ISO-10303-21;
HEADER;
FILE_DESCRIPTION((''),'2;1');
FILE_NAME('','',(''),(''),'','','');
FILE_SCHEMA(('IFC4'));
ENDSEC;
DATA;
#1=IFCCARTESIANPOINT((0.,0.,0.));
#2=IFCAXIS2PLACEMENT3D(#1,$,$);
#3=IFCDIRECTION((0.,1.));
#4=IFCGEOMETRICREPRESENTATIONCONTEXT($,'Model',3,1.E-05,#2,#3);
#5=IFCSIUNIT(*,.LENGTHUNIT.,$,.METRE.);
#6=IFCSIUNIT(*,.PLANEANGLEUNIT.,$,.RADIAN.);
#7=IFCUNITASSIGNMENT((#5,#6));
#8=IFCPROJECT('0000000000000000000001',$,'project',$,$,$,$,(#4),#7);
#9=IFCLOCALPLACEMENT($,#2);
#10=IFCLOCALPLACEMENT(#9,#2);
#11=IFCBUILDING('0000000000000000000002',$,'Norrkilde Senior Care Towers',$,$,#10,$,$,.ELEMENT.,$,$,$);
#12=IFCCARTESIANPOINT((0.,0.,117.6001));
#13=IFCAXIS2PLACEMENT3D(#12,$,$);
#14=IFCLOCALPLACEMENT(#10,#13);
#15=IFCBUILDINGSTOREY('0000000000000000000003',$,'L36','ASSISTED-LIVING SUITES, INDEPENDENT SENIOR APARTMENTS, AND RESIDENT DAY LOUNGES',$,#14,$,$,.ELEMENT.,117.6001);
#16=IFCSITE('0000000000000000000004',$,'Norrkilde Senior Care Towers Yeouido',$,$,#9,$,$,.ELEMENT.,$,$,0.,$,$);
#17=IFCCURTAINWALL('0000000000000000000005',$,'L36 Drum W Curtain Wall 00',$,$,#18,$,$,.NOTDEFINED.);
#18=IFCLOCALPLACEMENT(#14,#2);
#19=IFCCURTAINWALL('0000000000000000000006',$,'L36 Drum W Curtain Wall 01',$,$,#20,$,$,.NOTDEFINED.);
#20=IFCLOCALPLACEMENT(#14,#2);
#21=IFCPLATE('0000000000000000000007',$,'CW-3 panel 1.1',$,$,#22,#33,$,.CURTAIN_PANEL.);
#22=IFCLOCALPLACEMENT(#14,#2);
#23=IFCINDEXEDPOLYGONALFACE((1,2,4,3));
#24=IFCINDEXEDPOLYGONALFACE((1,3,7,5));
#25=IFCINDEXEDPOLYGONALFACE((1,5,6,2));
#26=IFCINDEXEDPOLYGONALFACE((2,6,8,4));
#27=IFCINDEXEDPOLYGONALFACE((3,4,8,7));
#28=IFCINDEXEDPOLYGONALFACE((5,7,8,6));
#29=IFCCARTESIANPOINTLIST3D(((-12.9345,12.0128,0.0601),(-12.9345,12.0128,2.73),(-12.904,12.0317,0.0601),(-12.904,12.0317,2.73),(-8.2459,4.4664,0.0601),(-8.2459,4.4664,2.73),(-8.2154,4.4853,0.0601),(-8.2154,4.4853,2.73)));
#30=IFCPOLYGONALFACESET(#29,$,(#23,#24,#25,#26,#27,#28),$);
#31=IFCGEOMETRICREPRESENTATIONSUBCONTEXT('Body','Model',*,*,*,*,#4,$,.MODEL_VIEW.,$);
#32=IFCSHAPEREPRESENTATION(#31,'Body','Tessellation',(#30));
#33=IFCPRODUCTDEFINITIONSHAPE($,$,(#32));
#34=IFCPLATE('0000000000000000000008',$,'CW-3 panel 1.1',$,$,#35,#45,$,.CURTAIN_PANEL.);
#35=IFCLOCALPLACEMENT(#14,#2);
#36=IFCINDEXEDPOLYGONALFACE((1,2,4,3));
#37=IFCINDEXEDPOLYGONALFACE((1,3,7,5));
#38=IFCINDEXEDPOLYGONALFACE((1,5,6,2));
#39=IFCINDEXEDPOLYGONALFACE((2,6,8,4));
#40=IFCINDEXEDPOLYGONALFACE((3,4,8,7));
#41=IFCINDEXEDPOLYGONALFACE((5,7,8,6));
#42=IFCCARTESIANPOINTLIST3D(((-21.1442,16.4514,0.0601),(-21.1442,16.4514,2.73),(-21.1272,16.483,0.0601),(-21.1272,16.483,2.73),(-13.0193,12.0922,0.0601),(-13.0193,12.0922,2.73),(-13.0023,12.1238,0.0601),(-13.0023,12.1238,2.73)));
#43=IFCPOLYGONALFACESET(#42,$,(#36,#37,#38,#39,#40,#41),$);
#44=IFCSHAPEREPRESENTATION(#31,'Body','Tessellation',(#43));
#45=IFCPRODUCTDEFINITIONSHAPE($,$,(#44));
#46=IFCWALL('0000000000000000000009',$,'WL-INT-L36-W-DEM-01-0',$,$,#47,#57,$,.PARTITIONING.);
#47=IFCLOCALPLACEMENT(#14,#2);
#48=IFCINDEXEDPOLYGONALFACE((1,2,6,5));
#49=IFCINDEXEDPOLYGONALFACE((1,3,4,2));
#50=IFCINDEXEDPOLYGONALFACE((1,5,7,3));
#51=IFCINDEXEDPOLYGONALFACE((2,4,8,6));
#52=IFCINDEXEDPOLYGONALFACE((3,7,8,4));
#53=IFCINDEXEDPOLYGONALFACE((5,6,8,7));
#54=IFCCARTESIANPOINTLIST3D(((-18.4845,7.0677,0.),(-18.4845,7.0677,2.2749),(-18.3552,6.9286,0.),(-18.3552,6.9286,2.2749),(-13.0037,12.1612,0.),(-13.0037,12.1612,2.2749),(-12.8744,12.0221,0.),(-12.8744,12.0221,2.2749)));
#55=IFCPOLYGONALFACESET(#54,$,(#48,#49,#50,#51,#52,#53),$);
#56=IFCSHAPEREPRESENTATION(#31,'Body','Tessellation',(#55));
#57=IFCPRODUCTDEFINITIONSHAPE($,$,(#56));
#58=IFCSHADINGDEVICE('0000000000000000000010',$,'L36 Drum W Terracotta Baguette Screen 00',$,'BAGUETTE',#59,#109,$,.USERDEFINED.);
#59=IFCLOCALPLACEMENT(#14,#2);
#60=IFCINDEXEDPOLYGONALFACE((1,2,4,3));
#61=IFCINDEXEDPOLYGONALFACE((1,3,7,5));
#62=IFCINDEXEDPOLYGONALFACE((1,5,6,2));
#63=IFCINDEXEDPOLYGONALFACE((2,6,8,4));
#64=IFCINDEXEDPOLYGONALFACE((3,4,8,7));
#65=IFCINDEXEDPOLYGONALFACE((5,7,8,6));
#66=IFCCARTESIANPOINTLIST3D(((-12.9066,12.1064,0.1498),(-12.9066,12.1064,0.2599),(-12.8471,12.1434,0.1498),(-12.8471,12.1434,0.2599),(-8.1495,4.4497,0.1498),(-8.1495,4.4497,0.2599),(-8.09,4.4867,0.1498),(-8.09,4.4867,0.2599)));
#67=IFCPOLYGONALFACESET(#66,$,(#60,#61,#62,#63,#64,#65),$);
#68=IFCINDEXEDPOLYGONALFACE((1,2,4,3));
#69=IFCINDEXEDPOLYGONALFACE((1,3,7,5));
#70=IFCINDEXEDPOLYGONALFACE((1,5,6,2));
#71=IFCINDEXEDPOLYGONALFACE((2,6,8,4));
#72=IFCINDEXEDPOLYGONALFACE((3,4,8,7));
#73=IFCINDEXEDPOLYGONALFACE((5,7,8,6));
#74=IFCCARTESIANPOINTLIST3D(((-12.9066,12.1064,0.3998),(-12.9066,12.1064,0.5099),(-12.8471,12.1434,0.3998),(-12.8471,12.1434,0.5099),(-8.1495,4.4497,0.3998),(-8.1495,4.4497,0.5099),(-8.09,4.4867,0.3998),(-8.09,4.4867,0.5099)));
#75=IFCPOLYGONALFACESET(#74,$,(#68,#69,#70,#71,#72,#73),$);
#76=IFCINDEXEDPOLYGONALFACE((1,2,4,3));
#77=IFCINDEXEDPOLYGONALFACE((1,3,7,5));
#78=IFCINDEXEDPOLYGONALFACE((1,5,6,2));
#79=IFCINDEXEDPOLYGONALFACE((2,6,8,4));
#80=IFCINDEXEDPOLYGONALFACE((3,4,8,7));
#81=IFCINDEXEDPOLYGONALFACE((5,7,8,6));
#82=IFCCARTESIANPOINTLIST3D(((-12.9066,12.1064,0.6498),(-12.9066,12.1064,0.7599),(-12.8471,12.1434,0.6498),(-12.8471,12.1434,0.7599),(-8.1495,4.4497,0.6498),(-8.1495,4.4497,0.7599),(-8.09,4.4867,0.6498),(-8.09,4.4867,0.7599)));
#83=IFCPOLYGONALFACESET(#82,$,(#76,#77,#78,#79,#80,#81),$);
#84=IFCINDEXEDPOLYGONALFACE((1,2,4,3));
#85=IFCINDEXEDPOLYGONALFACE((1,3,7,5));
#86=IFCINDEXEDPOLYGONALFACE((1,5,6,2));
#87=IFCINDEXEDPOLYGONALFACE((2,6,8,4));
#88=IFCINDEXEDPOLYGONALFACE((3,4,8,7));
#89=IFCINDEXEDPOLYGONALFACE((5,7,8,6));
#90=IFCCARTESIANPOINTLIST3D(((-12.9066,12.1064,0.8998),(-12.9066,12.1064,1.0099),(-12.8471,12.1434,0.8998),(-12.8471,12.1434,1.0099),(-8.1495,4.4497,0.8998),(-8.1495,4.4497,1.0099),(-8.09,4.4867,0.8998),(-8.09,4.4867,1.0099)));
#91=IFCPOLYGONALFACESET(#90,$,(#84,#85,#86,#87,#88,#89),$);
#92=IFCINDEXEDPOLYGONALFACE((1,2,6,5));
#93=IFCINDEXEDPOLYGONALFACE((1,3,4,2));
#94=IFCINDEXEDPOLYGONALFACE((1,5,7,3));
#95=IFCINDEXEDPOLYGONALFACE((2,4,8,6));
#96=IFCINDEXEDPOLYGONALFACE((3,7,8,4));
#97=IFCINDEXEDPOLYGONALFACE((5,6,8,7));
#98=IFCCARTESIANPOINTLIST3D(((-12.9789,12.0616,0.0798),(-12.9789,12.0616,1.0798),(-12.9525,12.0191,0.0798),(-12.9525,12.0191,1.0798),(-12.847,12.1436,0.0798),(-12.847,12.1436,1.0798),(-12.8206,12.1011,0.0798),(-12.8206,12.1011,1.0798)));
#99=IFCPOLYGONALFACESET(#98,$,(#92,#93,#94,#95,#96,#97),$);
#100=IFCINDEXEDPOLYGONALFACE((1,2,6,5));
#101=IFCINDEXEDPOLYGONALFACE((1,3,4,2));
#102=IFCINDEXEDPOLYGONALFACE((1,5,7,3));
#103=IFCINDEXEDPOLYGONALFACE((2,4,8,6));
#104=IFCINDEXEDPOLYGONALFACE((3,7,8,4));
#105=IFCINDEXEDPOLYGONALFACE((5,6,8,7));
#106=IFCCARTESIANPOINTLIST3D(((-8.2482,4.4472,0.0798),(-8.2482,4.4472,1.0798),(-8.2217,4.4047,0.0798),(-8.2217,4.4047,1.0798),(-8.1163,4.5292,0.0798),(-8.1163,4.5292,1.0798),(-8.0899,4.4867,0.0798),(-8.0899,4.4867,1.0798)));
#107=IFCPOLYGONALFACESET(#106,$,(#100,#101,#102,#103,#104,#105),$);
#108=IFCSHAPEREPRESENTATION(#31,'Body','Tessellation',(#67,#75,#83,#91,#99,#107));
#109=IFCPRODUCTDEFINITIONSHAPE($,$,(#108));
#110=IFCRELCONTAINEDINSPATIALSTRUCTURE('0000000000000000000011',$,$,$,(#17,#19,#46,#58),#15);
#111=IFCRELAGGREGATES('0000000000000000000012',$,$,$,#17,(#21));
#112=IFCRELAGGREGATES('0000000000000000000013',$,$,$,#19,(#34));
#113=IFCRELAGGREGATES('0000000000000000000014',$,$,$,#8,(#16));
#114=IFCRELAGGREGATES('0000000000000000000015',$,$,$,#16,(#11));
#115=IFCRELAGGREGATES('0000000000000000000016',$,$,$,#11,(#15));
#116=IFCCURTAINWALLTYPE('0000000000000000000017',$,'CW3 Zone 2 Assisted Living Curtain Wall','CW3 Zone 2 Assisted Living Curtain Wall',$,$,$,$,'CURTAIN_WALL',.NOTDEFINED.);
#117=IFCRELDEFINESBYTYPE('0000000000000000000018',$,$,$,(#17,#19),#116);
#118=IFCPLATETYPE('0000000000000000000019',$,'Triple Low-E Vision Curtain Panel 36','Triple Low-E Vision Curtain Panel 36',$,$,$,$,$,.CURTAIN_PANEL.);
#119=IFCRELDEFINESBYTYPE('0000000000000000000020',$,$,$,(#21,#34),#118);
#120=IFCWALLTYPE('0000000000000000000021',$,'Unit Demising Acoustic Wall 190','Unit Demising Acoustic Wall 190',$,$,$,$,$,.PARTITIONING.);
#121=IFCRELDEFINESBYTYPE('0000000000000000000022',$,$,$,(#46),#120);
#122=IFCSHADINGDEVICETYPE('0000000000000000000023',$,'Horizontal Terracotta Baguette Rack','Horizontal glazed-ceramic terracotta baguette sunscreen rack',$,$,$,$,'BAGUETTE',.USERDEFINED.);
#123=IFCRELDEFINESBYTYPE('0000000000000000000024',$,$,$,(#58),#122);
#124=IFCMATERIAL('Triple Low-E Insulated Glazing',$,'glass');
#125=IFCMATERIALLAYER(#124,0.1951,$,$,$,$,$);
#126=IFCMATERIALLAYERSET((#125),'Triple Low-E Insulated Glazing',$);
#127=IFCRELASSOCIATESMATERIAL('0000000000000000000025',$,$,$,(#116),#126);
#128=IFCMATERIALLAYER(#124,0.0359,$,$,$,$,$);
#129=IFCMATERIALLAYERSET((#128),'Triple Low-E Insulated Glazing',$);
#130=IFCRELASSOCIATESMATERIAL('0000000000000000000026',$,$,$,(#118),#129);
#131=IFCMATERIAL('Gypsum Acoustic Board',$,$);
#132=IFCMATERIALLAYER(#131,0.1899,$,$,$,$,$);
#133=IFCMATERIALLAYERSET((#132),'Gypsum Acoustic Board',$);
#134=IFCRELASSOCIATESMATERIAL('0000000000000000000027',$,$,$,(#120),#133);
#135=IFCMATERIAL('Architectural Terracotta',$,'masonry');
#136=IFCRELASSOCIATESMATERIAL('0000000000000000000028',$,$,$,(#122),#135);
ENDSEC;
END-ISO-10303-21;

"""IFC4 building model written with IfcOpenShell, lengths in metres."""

from ifc_helpers import new_model, si_unit, direction, frame, frame_2d, origin, origin_2d, place, context, subcontext, project, spatial, rectangle, extrude, source, transform, mapped, material, layer, layer_set, type_object, type_shapes, element, aggregate, save


model = new_model("IFC4")

# Units and contexts
model_context = context("Model", 3, precision=1e-05, world=origin(), true_north=direction((0.0, 1.0)))
body_context = subcontext(model_context, "Body", "Model", "MODEL_VIEW")
ifc_project = project(units=[si_unit("LENGTHUNIT", "METRE"), si_unit("PLANEANGLEUNIT", "RADIAN")], contexts=[model_context])

# Site, building, storey
site_placement = place(None, origin())
site = spatial("IfcSite", under=ifc_project, at=site_placement, Name="Norrkilde Senior Care Towers Yeouido", CompositionType="ELEMENT", RefElevation=0.0)
building_placement = place(site_placement, origin())
building = spatial("IfcBuilding", under=site, at=building_placement, Name="Norrkilde Senior Care Towers", CompositionType="ELEMENT")
storey_placement = place(building_placement, frame((0.0, 0.0, 117.6001)))
storey = spatial("IfcBuildingStorey", under=building, at=storey_placement, Name="L36", Description="ASSISTED-LIVING SUITES, INDEPENDENT SENIOR APARTMENTS, AND RESIDENT DAY LOUNGES", CompositionType="ELEMENT", Elevation=117.6001)

# Curtain wall
ifc_material_1 = material(Name="Triple Low-E Insulated Glazing", Category="glass")
ifc_layer_1 = layer(ifc_material_1, 0.1951)
ifc_layer_set_1 = layer_set([ifc_layer_1], Name="Triple Low-E Insulated Glazing")
curtain_wall_type = type_object("IfcCurtainWallType", Name="CW3 Zone 2 Assisted Living Curtain Wall", Description="CW3 Zone 2 Assisted Living Curtain Wall", ElementType="CURTAIN_WALL", PredefinedType="NOTDEFINED", material=ifc_layer_set_1)
curtain_wall_1_placement = place(storey_placement, origin())
curtain_wall_1 = element("IfcCurtainWall", 1, at=curtain_wall_1_placement, inside=storey, type_object=curtain_wall_type, Name="L36 Drum W Curtain Wall 00", PredefinedType="NOTDEFINED")

# Curtain wall
curtain_wall_2_placement = place(storey_placement, origin())
curtain_wall_2 = element("IfcCurtainWall", 2, at=curtain_wall_2_placement, inside=storey, type_object=curtain_wall_type, Name="L36 Drum W Curtain Wall 01", PredefinedType="NOTDEFINED")

# Plates
ifc_layer_2 = layer(ifc_material_1, 0.0359)
ifc_layer_set_2 = layer_set([ifc_layer_2], Name="Triple Low-E Insulated Glazing")
plate_type = type_object("IfcPlateType", Name="Triple Low-E Vision Curtain Panel 36", Description="Triple Low-E Vision Curtain Panel 36", PredefinedType="CURTAIN_PANEL", material=ifc_layer_set_2)
shared_shape_1 = source(origin(), body_context, "Body", "SweptSolid", [
    extrude(rectangle(XDim=8.8843, YDim=0.0359, at=origin_2d()), origin(), (0.0, 0.0, 1.0), 2.6699),
])
plate_1_placement = place(storey_placement, frame((-10.575, 8.249, 0.0601), z_axis=(0.0, 0.0, 1.0), x_axis=(0.527733, -0.84941, 0.0)))
plate_1 = element("IfcPlate", 3, at=plate_1_placement, type_object=plate_type, Name="CW-3 panel 1.1", PredefinedType="CURTAIN_PANEL", context=body_context, shape_type="MappedRepresentation", body=[
    mapped(shared_shape_1, transform((0.0, 0.0, 0.0), x_axis=(1.0, 0.0, 0.0), y_axis=(0.0, 1.0, 0.0), z_axis=(0.0, 0.0, 1.0), scale=1.0)),
])
aggregate(curtain_wall_1, [plate_1])
shared_shape_2 = source(origin(), body_context, "Body", "SweptSolid", [
    extrude(rectangle(XDim=9.2205, YDim=0.0359, at=origin_2d()), origin(), (0.0, 0.0, 1.0), 2.6699),
])
type_shapes(plate_type, [shared_shape_1, shared_shape_2])
plate_2_placement = place(storey_placement, frame((-17.0732, 14.2876, 0.0601), z_axis=(0.0, 0.0, 1.0), x_axis=(0.881186, -0.472769, 0.0)))
plate_2 = element("IfcPlate", 4, at=plate_2_placement, type_object=plate_type, Name="CW-3 panel 1.1", PredefinedType="CURTAIN_PANEL", context=body_context, shape_type="MappedRepresentation", body=[
    mapped(shared_shape_2, transform((0.0, 0.0, 0.0), x_axis=(1.0, 0.0, 0.0), y_axis=(0.0, 1.0, 0.0), z_axis=(0.0, 0.0, 1.0), scale=1.0)),
])
aggregate(curtain_wall_2, [plate_2])

# Wall
ifc_material_2 = material(Name="Gypsum Acoustic Board")
ifc_layer_3 = layer(ifc_material_2, 0.1899)
ifc_layer_set_3 = layer_set([ifc_layer_3], Name="Gypsum Acoustic Board")
wall_type = type_object("IfcWallType", Name="Unit Demising Acoustic Wall 190", Description="Unit Demising Acoustic Wall 190", PredefinedType="PARTITIONING", material=ifc_layer_set_3)
shared_shape_3 = source(origin(), body_context, "Body", "SweptSolid", [
    extrude(rectangle(XDim=7.4822, YDim=0.1899, at=frame_2d((3.7412, 0.0))), origin(), (0.0, 0.0, 1.0), 2.2749),
])
type_shapes(wall_type, [shared_shape_3])
wall_placement = place(storey_placement, frame((-18.4199, 6.998, 0.0), z_axis=(0.0, 0.0, 1.0), x_axis=(0.732509, 0.680758, 0.0)))
element("IfcWall", 5, at=wall_placement, inside=storey, type_object=wall_type, Name="WL-INT-L36-W-DEM-01-0", PredefinedType="PARTITIONING", context=body_context, shape_type="MappedRepresentation", body=[
    mapped(shared_shape_3, transform((0.0, 0.0, 0.0), x_axis=(1.0, 0.0, 0.0), y_axis=(0.0, 1.0, 0.0), z_axis=(0.0, 0.0, 1.0), scale=1.0)),
])

# Shading device
ifc_material_3 = material(Name="Architectural Terracotta", Category="masonry")
shading_device_type = type_object("IfcShadingDeviceType", Name="Horizontal Terracotta Baguette Rack", Description="Horizontal glazed-ceramic terracotta baguette sunscreen rack", ElementType="BAGUETTE", PredefinedType="USERDEFINED", material=ifc_material_3)
shared_shape_4 = source(origin(), body_context, "Body", "SweptSolid", [
    extrude(rectangle(XDim=0.0701, YDim=0.1101, at=origin_2d()), frame((0.0, 0.0901, 0.125), z_axis=(1.0, 0.0, 0.0), x_axis=(0.0, 1.0, 0.0)), (0.0, 0.0, 1.0), 9.0142),
    extrude(rectangle(XDim=0.0701, YDim=0.1101, at=origin_2d()), frame((0.0, 0.0901, 0.375), z_axis=(1.0, 0.0, 0.0), x_axis=(0.0, 1.0, 0.0)), (0.0, 0.0, 1.0), 9.0142),
    extrude(rectangle(XDim=0.0701, YDim=0.1101, at=origin_2d()), frame((0.0, 0.0901, 0.625), z_axis=(1.0, 0.0, 0.0), x_axis=(0.0, 1.0, 0.0)), (0.0, 0.0, 1.0), 9.0142),
    extrude(rectangle(XDim=0.0701, YDim=0.1101, at=origin_2d()), frame((0.0, 0.0901, 0.875), z_axis=(1.0, 0.0, 0.0), x_axis=(0.0, 1.0, 0.0)), (0.0, 0.0, 1.0), 9.0142),
    extrude(rectangle(XDim=0.05, YDim=0.1553, at=origin_2d()), frame((0.0249, 0.0476, 0.0)), (0.0, 0.0, 1.0), 1.0),
    extrude(rectangle(XDim=0.05, YDim=0.1553, at=origin_2d()), frame((8.9893, 0.0476, 0.0)), (0.0, 0.0, 1.0), 1.0),
])
type_shapes(shading_device_type, [shared_shape_4])
shading_device_placement = place(storey_placement, frame((-12.9534, 12.0774, 0.0798), z_axis=(0.0, 0.0, 1.0), x_axis=(0.527734, -0.849412, 0.0)))
element("IfcShadingDevice", 6, at=shading_device_placement, inside=storey, type_object=shading_device_type, Name="L36 Drum W Terracotta Baguette Screen 00", ObjectType="BAGUETTE", PredefinedType="USERDEFINED", context=body_context, shape_type="MappedRepresentation", body=[
    mapped(shared_shape_4, transform((0.0, 0.0, 0.0), x_axis=(1.0, 0.0, 0.0), y_axis=(0.0, 1.0, 0.0), z_axis=(0.0, 0.0, 1.0), scale=1.0)),
])

save(model, "model.ifc")
